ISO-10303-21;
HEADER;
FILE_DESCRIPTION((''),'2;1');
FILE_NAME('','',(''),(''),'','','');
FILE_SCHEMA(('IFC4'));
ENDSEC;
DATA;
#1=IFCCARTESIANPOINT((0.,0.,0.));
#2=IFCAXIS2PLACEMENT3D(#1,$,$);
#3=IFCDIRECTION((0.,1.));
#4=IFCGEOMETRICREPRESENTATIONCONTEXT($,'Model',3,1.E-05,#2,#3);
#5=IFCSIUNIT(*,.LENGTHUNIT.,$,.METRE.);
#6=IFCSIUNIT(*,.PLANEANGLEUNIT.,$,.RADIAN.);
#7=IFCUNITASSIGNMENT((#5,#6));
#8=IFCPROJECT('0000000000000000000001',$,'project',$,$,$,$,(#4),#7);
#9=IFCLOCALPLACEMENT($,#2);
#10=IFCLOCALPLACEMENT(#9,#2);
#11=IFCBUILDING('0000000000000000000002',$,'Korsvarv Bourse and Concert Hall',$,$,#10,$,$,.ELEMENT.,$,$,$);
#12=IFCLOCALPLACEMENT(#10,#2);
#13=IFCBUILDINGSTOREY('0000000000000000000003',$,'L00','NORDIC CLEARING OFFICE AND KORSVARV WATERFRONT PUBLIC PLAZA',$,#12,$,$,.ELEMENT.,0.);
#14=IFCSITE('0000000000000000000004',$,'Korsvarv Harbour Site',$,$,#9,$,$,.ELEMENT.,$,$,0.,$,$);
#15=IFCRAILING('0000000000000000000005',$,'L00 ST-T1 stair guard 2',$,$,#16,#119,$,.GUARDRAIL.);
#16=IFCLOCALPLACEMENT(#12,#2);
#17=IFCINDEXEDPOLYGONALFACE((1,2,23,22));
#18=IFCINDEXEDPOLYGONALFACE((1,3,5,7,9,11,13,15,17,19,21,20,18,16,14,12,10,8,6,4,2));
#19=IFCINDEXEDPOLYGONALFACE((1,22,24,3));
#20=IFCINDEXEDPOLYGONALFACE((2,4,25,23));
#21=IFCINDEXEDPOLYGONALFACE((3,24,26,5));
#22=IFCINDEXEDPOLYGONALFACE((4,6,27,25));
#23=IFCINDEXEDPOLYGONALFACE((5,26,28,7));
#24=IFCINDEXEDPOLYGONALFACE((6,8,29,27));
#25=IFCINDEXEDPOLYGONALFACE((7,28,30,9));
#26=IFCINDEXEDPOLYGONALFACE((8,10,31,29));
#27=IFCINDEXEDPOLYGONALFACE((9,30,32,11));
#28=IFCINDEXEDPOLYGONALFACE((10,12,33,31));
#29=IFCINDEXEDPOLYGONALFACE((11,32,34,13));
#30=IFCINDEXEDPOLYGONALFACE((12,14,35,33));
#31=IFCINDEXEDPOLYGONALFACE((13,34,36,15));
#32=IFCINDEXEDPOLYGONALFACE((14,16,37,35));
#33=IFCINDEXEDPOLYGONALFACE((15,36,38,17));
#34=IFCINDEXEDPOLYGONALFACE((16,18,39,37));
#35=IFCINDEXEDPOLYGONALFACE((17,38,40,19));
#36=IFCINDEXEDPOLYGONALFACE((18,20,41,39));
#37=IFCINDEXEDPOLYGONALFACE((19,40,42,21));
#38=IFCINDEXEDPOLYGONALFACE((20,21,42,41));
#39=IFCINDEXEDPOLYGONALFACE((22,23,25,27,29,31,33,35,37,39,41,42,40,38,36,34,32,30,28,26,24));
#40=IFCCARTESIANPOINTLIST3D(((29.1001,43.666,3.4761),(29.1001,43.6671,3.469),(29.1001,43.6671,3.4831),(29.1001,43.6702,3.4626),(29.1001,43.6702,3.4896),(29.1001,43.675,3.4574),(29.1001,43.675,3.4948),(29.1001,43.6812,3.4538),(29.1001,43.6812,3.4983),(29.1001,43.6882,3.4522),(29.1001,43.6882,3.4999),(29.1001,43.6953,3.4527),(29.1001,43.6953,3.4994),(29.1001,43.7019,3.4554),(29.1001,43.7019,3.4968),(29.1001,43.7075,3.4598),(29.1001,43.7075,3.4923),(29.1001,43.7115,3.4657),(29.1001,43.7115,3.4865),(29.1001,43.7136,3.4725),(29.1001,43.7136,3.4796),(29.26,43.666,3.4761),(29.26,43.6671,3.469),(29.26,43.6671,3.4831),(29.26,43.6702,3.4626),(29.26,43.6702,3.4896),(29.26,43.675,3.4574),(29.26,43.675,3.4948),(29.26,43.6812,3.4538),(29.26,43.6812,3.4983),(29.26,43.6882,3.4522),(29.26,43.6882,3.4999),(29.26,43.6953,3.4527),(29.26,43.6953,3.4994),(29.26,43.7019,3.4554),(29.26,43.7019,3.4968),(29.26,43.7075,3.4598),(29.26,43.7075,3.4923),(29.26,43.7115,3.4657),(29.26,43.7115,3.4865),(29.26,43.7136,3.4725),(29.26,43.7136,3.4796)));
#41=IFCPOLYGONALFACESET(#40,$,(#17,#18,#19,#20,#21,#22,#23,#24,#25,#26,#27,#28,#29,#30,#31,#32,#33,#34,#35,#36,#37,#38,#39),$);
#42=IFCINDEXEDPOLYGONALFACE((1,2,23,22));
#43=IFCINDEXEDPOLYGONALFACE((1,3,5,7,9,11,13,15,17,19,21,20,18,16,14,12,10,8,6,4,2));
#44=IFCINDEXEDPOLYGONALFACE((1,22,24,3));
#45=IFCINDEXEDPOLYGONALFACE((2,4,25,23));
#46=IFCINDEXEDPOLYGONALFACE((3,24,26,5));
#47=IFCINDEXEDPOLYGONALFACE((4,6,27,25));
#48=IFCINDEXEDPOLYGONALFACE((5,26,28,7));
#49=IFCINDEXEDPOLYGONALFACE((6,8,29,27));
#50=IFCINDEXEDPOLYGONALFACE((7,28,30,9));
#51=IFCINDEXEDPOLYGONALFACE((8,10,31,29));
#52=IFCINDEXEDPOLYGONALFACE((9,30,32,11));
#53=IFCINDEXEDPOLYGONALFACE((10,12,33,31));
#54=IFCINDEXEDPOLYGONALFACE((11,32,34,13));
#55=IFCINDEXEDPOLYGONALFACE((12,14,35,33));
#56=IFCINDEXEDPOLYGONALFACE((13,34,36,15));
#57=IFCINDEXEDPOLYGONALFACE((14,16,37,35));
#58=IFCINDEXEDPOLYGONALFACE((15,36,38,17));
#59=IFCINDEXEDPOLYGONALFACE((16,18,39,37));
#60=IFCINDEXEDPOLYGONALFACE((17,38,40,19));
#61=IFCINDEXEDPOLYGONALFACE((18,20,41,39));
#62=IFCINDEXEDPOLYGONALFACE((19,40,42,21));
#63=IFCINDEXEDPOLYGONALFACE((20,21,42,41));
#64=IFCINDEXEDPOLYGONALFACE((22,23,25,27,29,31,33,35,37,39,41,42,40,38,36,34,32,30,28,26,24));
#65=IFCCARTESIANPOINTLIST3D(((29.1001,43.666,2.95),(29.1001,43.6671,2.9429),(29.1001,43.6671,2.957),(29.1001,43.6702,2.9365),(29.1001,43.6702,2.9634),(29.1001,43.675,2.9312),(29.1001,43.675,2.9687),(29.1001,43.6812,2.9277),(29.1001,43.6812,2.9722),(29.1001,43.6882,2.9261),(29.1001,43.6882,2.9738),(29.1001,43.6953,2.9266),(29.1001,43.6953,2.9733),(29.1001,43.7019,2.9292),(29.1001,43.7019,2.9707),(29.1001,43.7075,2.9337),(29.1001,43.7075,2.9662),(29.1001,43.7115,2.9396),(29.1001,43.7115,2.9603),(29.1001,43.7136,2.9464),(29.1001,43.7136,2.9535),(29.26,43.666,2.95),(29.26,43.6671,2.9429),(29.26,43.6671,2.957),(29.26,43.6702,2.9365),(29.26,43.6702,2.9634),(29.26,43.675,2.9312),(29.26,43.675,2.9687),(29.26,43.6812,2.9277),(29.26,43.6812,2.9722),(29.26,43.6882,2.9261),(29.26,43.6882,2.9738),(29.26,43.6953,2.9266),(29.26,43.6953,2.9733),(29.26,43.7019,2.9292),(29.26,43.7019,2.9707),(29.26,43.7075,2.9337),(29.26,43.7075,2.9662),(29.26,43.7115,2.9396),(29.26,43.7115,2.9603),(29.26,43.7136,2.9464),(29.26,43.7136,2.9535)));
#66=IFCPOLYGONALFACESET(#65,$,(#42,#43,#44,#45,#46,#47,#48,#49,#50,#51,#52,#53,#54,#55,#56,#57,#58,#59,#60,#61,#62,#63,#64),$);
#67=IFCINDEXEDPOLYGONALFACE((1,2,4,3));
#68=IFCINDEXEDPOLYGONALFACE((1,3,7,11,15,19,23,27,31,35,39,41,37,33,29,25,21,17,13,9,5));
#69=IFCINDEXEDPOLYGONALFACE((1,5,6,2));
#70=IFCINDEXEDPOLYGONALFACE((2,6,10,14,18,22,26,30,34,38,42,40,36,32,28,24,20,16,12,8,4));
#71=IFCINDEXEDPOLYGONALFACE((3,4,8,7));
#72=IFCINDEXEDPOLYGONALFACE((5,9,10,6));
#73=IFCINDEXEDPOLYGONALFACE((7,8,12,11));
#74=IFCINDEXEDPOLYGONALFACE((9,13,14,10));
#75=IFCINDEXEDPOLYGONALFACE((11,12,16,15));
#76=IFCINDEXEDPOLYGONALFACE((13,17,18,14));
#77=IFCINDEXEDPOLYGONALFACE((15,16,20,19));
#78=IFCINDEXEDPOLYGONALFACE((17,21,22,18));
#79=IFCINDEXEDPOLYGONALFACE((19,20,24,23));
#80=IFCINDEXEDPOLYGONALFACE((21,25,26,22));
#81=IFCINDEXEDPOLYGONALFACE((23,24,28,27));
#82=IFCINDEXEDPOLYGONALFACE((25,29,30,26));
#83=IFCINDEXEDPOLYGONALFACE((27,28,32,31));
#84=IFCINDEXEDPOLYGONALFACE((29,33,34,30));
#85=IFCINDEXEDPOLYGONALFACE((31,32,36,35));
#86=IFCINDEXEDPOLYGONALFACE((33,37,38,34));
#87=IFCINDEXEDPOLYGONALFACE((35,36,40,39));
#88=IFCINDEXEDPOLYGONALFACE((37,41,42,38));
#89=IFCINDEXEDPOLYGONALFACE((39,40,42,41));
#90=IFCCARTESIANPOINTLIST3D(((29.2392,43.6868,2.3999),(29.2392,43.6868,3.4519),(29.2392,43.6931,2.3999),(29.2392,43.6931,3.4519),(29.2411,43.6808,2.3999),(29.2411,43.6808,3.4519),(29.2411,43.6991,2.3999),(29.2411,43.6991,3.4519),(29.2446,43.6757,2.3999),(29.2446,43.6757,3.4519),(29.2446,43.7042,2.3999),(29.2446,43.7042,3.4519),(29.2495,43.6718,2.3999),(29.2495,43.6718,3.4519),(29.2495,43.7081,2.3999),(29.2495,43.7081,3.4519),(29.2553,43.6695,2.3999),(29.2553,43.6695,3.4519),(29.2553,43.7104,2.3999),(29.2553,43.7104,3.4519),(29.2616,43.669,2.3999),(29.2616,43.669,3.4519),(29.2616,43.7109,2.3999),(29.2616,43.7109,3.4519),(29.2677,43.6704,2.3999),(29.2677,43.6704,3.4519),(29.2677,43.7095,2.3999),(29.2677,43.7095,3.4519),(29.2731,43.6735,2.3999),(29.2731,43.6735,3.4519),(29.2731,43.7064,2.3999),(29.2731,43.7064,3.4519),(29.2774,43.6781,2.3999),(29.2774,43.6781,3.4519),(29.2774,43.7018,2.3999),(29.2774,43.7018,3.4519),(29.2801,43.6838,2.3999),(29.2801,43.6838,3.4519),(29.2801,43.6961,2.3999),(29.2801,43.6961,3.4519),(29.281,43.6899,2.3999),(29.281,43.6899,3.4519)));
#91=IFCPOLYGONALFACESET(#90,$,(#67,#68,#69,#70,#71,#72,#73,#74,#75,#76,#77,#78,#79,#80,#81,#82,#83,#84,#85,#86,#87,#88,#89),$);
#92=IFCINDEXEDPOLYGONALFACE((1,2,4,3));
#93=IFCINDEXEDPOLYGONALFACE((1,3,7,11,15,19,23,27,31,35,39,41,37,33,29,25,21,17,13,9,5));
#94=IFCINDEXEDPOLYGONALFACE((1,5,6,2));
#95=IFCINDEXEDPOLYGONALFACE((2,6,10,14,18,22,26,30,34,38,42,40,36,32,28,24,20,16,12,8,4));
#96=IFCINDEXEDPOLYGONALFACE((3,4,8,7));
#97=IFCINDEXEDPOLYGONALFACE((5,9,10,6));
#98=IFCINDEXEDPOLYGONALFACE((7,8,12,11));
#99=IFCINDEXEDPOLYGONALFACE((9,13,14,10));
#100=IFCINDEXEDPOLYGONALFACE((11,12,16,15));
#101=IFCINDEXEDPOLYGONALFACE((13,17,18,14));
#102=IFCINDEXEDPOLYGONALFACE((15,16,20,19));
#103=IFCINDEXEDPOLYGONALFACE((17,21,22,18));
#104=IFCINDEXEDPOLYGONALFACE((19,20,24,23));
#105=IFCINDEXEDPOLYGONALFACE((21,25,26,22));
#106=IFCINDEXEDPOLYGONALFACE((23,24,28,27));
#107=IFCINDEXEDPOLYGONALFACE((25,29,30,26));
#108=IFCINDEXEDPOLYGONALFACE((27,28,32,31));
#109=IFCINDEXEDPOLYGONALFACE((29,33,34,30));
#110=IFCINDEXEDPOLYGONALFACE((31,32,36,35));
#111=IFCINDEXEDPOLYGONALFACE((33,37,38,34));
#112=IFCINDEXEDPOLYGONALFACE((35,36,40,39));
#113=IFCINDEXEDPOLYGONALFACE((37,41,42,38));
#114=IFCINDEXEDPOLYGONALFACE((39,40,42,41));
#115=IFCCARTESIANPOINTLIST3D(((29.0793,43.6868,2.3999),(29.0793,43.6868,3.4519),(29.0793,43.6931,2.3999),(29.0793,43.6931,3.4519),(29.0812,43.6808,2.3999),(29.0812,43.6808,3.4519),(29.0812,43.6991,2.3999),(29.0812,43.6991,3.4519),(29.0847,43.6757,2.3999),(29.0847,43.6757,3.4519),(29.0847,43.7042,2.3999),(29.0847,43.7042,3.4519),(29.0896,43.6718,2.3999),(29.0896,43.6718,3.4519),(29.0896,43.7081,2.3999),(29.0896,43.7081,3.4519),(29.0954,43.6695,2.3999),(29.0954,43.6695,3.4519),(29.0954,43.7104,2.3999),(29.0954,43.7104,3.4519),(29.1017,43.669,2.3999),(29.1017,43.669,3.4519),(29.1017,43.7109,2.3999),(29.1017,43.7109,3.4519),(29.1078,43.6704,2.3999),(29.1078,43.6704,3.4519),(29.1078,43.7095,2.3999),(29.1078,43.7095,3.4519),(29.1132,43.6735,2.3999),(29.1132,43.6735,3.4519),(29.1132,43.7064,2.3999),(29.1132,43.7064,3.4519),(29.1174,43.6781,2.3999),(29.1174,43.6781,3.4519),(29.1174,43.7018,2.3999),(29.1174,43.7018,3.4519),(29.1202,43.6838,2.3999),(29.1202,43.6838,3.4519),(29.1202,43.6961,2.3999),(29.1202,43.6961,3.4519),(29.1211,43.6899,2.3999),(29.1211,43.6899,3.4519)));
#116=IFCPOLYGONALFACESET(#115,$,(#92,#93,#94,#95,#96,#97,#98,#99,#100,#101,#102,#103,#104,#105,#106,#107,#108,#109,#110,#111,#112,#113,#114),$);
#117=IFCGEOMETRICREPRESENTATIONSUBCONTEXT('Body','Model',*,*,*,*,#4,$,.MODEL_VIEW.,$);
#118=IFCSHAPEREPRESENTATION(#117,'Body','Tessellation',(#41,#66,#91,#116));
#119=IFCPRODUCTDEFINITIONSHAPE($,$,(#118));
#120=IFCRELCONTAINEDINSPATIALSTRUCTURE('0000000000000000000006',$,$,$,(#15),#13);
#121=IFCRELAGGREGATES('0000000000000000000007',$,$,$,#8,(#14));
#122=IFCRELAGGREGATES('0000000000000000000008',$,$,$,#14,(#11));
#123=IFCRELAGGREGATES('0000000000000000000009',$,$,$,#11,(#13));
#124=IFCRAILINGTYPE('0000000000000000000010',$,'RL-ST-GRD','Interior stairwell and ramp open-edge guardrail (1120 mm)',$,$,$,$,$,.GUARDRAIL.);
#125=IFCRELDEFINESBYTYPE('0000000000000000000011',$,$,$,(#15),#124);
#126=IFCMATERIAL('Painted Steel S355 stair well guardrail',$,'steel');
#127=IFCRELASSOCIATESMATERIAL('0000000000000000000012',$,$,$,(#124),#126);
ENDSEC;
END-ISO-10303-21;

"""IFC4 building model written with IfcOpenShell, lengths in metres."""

from ifc_helpers import new_model, si_unit, direction, frame, origin, origin_2d, place, context, subcontext, project, spatial, circle, extrude, material, type_object, element, save


model = new_model("IFC4")

# Units and contexts
model_context = context("Model", 3, precision=1e-05, world=origin(), true_north=direction((0.0, 1.0)))
body_context = subcontext(model_context, "Body", "Model", "MODEL_VIEW")
ifc_project = project(units=[si_unit("LENGTHUNIT", "METRE"), si_unit("PLANEANGLEUNIT", "RADIAN")], contexts=[model_context])

# Site, building, storey
site_placement = place(None, origin())
site = spatial("IfcSite", under=ifc_project, at=site_placement, Name="Korsvarv Harbour Site", CompositionType="ELEMENT", RefElevation=0.0)
building_placement = place(site_placement, origin())
building = spatial("IfcBuilding", under=site, at=building_placement, Name="Korsvarv Bourse and Concert Hall", CompositionType="ELEMENT")
storey_placement = place(building_placement, origin())
storey = spatial("IfcBuildingStorey", under=building, at=storey_placement, Name="L00", Description="NORDIC CLEARING OFFICE AND KORSVARV WATERFRONT PUBLIC PLAZA", CompositionType="ELEMENT", Elevation=0.0)

# Railing
ifc_material_1 = material(Name="Painted Steel S355 stair well guardrail", Category="steel")
railing_type_1 = type_object("IfcRailingType", Name="RL-ST-GRD", Description="Interior stairwell and ramp open-edge guardrail (1120 mm)", PredefinedType="GUARDRAIL", material=ifc_material_1)
railing_1_placement = place(storey_placement, frame((29.26, 43.6899, 2.3999)))
element("IfcRailing", 1, at=railing_1_placement, inside=storey, type_object=railing_type_1, Name="L00 ST-T1 stair guard 2", PredefinedType="GUARDRAIL", context=body_context, shape_type="SweptSolid", body=[
    extrude(circle(Radius=0.0239, at=origin_2d()), frame((0.0, 0.0, 1.0762), z_axis=(-1.0, 0.0, 0.0), x_axis=(0.0, -1.0, 0.0)), (0.0, 0.0, 1.0), 0.1599),
    extrude(circle(Radius=0.0239, at=origin_2d()), frame((0.0, 0.0, 0.55), z_axis=(-1.0, 0.0, 0.0), x_axis=(0.0, -1.0, 0.0)), (0.0, 0.0, 1.0), 0.1599),
    extrude(circle(Radius=0.021, at=origin_2d()), origin(), (0.0, 0.0, 1.0), 1.052),
    extrude(circle(Radius=0.021, at=origin_2d()), frame((-0.1599, 0.0, 0.0)), (0.0, 0.0, 1.0), 1.052),
])

save(model, "model.ifc")
